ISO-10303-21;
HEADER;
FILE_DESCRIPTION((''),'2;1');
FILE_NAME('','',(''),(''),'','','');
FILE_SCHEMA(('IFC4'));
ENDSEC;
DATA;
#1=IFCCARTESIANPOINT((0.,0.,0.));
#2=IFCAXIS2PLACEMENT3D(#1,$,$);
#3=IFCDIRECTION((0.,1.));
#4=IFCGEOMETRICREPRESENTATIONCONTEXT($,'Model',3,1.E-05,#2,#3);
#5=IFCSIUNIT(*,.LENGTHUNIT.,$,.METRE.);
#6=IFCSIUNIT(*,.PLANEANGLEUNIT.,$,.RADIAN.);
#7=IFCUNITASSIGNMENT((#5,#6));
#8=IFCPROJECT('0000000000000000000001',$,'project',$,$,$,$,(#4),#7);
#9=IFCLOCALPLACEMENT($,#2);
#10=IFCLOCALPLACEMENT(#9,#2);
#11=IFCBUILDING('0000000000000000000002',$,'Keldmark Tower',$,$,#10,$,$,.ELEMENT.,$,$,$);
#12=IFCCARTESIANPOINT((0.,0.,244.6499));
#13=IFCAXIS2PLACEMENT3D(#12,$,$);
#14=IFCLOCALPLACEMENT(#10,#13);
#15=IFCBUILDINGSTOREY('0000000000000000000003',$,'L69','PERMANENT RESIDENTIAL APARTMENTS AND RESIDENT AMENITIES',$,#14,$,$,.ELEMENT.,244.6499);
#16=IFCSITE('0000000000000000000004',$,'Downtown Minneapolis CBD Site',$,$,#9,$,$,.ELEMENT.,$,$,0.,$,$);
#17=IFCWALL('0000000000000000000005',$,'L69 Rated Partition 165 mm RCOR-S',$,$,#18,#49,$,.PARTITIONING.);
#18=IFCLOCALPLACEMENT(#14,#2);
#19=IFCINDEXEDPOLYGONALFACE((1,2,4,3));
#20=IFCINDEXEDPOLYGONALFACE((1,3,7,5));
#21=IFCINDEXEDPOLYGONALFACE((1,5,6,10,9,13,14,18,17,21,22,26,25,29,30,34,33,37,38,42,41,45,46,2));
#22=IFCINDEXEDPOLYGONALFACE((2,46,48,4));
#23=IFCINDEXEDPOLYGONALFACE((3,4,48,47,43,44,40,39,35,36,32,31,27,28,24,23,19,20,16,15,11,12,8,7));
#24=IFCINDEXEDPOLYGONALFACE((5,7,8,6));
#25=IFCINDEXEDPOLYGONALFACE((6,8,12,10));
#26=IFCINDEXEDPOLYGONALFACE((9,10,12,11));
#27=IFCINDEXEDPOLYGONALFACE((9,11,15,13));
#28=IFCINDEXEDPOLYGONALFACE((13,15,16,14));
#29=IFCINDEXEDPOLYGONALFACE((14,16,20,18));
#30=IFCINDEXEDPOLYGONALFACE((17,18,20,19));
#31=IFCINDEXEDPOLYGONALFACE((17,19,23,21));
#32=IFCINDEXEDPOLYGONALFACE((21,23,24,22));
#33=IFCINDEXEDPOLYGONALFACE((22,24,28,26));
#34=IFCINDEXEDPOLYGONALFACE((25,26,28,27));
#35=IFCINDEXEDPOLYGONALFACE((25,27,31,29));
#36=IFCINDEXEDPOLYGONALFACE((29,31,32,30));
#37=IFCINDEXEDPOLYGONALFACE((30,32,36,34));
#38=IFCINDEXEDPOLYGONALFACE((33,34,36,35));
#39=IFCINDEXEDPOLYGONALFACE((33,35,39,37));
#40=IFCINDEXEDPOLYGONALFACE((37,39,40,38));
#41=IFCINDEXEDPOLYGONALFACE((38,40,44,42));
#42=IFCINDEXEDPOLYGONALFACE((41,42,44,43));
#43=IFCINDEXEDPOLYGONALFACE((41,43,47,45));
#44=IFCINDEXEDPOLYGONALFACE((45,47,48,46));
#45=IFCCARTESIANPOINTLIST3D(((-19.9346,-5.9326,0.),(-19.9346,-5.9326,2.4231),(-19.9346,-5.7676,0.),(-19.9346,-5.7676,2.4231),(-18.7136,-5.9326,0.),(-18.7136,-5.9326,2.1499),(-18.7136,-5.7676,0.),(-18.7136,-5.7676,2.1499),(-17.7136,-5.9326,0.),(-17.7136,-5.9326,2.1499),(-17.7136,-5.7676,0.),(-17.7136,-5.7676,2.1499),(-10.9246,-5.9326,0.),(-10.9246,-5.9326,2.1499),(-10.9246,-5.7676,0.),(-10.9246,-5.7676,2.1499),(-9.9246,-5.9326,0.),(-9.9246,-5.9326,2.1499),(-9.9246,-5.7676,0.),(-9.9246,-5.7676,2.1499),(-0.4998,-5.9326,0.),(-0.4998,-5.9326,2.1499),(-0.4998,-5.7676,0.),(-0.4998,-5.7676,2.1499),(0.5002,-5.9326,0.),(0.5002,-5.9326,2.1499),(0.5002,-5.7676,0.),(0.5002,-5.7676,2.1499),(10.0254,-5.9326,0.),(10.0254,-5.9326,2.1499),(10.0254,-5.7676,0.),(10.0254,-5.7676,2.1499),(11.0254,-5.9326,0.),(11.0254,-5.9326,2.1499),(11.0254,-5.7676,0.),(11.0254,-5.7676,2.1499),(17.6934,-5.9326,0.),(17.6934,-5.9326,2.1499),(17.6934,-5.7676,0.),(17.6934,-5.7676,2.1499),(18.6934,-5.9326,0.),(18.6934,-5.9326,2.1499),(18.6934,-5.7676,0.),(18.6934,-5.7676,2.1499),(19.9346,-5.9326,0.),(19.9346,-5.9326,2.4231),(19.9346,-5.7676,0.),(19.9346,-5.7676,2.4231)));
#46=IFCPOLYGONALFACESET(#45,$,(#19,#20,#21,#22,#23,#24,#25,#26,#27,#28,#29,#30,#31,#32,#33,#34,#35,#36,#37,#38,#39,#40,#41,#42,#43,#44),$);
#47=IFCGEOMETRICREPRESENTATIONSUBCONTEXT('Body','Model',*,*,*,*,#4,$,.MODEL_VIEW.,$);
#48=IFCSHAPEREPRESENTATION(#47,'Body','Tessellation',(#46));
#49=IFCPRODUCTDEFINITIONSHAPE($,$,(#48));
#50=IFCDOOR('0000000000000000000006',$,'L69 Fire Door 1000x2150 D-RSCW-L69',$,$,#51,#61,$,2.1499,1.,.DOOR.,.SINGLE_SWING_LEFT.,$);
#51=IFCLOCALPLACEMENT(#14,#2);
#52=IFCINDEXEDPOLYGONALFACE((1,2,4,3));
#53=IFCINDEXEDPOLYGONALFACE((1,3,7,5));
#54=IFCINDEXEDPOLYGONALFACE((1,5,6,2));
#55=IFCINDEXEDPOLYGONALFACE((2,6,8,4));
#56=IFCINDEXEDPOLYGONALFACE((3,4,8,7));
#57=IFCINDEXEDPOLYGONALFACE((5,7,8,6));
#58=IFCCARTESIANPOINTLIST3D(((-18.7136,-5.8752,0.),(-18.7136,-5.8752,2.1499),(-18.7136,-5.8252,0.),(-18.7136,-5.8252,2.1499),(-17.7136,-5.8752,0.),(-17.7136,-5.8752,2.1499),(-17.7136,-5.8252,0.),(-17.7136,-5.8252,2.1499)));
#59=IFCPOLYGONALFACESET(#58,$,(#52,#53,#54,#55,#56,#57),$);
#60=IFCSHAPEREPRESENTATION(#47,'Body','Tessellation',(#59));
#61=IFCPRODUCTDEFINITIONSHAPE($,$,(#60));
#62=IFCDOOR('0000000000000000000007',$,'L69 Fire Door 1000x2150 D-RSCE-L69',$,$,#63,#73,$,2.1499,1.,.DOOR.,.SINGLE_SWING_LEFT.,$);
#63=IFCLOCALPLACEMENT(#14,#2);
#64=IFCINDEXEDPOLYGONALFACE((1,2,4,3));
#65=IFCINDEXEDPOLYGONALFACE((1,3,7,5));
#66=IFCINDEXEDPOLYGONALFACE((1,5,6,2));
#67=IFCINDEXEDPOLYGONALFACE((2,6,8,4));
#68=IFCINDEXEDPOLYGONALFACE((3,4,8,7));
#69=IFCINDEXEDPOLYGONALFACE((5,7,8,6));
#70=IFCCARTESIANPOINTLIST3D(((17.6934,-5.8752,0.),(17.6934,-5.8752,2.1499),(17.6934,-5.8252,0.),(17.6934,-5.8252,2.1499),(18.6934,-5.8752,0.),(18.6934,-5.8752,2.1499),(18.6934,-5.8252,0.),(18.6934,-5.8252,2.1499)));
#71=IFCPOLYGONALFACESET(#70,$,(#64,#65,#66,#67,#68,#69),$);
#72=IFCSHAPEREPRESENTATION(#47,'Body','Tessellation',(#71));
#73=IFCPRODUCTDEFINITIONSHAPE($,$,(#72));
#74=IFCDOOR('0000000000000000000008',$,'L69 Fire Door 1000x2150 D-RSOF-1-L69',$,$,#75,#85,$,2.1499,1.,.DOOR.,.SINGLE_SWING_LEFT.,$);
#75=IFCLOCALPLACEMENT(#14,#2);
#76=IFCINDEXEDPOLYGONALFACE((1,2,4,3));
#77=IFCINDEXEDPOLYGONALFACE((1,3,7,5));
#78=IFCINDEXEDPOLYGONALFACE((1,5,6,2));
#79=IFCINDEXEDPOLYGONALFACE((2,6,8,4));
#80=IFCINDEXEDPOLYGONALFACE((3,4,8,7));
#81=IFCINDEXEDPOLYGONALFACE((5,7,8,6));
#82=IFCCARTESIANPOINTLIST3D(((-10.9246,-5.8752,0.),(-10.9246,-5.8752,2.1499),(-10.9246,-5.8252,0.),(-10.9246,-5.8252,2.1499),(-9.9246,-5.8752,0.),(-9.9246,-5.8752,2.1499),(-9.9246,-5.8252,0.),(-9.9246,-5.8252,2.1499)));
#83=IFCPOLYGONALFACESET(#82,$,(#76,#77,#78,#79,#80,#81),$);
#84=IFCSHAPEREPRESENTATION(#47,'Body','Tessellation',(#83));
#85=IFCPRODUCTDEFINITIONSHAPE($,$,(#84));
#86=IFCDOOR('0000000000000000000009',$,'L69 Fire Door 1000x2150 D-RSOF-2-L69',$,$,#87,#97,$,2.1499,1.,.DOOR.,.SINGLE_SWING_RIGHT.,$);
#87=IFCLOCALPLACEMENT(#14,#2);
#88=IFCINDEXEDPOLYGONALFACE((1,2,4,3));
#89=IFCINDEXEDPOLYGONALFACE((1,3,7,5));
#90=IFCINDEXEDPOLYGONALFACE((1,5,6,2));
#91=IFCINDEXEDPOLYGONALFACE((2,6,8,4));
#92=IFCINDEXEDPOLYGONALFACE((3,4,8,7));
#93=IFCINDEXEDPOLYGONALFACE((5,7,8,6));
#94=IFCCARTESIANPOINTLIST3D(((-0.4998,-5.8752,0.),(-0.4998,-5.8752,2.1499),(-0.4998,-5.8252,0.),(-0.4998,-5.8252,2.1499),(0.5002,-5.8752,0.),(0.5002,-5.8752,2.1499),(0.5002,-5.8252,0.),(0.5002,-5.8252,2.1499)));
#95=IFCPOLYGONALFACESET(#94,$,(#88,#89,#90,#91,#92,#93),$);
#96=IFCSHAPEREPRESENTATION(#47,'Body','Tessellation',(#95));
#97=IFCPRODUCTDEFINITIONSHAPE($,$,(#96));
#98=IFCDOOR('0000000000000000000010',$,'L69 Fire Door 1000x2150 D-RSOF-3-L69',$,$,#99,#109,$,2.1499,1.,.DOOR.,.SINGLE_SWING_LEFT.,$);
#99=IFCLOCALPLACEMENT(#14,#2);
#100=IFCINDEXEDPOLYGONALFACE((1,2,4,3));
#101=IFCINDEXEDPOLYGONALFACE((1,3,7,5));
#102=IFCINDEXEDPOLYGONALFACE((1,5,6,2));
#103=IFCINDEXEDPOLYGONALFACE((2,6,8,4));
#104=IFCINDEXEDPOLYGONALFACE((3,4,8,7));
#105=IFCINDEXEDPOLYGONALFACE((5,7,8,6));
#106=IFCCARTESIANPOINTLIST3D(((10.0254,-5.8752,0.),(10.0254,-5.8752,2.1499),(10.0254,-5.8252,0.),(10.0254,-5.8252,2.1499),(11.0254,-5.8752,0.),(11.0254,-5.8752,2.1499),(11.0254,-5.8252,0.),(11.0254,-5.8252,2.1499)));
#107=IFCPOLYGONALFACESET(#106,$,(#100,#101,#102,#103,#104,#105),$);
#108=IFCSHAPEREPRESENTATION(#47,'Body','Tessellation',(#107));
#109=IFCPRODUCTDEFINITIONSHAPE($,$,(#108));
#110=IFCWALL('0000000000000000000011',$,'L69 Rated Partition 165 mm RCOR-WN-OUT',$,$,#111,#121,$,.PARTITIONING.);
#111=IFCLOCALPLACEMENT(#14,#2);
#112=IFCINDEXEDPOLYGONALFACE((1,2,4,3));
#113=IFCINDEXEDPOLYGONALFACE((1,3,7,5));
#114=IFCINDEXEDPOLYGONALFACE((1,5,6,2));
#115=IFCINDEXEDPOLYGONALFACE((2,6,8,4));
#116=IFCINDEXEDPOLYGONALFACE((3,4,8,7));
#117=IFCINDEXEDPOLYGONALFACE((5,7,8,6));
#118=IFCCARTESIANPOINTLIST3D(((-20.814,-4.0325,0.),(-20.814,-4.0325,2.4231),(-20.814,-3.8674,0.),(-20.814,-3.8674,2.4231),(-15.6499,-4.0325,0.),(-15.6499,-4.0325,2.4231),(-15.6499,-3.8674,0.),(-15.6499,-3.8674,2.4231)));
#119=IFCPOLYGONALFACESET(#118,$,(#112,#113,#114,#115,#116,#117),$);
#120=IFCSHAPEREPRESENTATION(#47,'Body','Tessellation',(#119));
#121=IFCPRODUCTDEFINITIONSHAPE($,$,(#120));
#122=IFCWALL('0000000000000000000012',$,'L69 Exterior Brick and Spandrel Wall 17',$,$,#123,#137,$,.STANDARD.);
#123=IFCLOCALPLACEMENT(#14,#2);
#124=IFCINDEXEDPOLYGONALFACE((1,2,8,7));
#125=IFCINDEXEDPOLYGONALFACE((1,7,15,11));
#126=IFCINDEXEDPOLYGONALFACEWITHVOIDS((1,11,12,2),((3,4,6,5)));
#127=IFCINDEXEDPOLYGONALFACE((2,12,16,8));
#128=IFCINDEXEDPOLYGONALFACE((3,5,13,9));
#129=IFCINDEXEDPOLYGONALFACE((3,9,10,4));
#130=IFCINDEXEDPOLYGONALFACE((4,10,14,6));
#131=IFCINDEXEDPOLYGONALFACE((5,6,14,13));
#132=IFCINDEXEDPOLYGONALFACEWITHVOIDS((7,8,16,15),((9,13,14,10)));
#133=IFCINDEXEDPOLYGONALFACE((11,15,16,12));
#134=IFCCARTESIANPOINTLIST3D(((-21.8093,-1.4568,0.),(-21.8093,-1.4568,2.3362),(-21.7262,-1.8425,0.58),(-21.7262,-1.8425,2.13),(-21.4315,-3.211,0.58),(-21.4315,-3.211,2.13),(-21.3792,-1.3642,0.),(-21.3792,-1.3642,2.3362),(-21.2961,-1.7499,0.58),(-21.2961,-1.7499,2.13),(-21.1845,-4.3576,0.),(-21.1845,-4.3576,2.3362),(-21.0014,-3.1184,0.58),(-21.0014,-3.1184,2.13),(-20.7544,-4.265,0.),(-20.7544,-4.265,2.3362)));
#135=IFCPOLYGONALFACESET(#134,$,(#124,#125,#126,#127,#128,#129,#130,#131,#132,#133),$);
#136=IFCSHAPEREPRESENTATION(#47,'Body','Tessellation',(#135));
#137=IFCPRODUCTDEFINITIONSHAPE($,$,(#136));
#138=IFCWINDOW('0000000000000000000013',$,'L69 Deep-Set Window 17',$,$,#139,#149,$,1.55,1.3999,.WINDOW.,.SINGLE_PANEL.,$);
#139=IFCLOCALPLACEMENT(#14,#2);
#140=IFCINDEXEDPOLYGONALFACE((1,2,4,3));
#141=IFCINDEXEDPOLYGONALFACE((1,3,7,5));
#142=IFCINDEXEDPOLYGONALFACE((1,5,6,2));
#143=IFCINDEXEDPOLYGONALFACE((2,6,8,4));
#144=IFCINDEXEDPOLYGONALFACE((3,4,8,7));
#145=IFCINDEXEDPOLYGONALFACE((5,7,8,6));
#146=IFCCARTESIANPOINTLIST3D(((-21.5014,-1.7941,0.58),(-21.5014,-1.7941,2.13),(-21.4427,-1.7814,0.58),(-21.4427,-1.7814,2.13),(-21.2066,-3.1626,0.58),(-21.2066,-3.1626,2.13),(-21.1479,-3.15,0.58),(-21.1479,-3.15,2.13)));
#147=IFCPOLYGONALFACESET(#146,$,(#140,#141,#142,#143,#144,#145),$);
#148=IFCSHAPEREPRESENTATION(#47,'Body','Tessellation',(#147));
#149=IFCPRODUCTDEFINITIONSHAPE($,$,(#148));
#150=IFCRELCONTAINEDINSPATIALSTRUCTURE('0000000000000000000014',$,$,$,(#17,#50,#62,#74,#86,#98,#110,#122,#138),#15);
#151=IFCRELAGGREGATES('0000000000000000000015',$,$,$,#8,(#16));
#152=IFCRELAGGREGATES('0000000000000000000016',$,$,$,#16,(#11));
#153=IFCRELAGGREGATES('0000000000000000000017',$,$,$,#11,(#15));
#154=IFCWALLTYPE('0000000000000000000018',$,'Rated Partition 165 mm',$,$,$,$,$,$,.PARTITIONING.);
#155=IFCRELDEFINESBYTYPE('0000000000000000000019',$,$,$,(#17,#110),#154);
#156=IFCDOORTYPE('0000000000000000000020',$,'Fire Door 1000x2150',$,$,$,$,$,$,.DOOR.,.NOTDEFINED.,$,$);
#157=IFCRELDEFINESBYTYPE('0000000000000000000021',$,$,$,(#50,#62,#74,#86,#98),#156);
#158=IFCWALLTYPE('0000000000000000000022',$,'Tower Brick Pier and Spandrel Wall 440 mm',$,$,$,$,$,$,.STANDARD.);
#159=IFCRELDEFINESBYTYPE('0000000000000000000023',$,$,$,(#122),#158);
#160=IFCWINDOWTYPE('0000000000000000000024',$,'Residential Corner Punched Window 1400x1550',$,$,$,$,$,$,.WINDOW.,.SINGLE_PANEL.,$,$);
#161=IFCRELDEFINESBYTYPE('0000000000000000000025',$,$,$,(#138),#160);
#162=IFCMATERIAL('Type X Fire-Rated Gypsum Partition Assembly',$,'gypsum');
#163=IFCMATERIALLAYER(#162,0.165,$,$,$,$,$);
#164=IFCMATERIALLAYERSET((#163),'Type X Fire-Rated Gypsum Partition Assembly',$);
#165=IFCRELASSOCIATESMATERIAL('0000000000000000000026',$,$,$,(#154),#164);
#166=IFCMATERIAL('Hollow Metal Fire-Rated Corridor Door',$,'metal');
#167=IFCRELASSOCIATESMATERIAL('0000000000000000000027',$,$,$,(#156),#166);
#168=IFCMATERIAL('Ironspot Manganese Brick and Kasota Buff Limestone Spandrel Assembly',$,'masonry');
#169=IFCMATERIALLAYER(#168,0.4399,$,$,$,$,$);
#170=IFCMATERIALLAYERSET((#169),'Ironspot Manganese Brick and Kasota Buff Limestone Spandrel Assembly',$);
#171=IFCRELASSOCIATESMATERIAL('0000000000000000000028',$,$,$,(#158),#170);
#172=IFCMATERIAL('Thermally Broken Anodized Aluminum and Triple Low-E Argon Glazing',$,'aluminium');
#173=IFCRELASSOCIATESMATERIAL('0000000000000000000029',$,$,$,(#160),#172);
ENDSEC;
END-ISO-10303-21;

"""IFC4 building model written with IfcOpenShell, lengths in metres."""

from ifc_helpers import new_model, si_unit, direction, frame, frame_2d, origin, place, context, subcontext, project, spatial, rectangle, extrude, material, layer, layer_set, type_object, element, fill, save


model = new_model("IFC4")

# Units and contexts
model_context = context("Model", 3, precision=1e-05, world=origin(), true_north=direction((0.0, 1.0)))
body_context = subcontext(model_context, "Body", "Model", "MODEL_VIEW")
ifc_project = project(units=[si_unit("LENGTHUNIT", "METRE"), si_unit("PLANEANGLEUNIT", "RADIAN")], contexts=[model_context])

# Site, building, storey
site_placement = place(None, origin())
site = spatial("IfcSite", under=ifc_project, at=site_placement, Name="Downtown Minneapolis CBD Site", CompositionType="ELEMENT", RefElevation=0.0)
building_placement = place(site_placement, origin())
building = spatial("IfcBuilding", under=site, at=building_placement, Name="Keldmark Tower", CompositionType="ELEMENT")
storey_placement = place(building_placement, frame((0.0, 0.0, 244.6499)))
storey = spatial("IfcBuildingStorey", under=building, at=storey_placement, Name="L69", Description="PERMANENT RESIDENTIAL APARTMENTS AND RESIDENT AMENITIES", CompositionType="ELEMENT", Elevation=244.6499)

# Wall, openings, doors
ifc_material_1 = material(Name="Type X Fire-Rated Gypsum Partition Assembly", Category="gypsum")
ifc_layer_1 = layer(ifc_material_1, 0.165)
ifc_layer_set_1 = layer_set([ifc_layer_1], Name="Type X Fire-Rated Gypsum Partition Assembly")
wall_type_1 = type_object("IfcWallType", Name="Rated Partition 165 mm", PredefinedType="PARTITIONING", material=ifc_layer_set_1)
wall_1_placement = place(storey_placement, frame((-19.9346, -5.8501, 0.0), z_axis=(0.0, 0.0, 1.0), x_axis=(1.0, 0.0, 0.0)))
wall_1 = element("IfcWall", 1, at=wall_1_placement, inside=storey, type_object=wall_type_1, Name="L69 Rated Partition 165 mm RCOR-S", PredefinedType="PARTITIONING", context=body_context, shape_type="SweptSolid", body=[
    extrude(rectangle(XDim=39.8691, YDim=0.165, at=frame_2d((19.9346, 0.0))), origin(), (0.0, 0.0, 1.0), 2.4231),
])
opening_1_placement = place(wall_1_placement, frame((1.2209, 0.0, 0.0)))
opening_1 = element("IfcOpeningElement", 2, at=opening_1_placement, cuts=wall_1, PredefinedType="OPENING", context=body_context, shape_type="SweptSolid", body=[
    extrude(rectangle(XDim=1.0, YDim=2.1499, at=frame_2d((0.5, 1.075))), frame((0.0, 0.0925, 0.0), z_axis=(0.0, -1.0, 0.0), x_axis=(1.0, 0.0, 0.0)), (0.0, 0.0, 1.0), 0.1851),
])
opening_2_placement = place(wall_1_placement, frame((37.6279, 0.0, 0.0)))
opening_2 = element("IfcOpeningElement", 3, at=opening_2_placement, cuts=wall_1, PredefinedType="OPENING", context=body_context, shape_type="SweptSolid", body=[
    extrude(rectangle(XDim=1.0, YDim=2.1499, at=frame_2d((0.5, 1.075))), frame((0.0, 0.0925, 0.0), z_axis=(0.0, -1.0, 0.0), x_axis=(1.0, 0.0, 0.0)), (0.0, 0.0, 1.0), 0.1851),
])
opening_3_placement = place(wall_1_placement, frame((9.01, 0.0, 0.0)))
opening_3 = element("IfcOpeningElement", 4, at=opening_3_placement, cuts=wall_1, PredefinedType="OPENING", context=body_context, shape_type="SweptSolid", body=[
    extrude(rectangle(XDim=1.0, YDim=2.1499, at=frame_2d((0.5, 1.075))), frame((0.0, 0.0925, 0.0), z_axis=(0.0, -1.0, 0.0), x_axis=(1.0, 0.0, 0.0)), (0.0, 0.0, 1.0), 0.1851),
])
opening_4_placement = place(wall_1_placement, frame((19.4348, 0.0, 0.0)))
opening_4 = element("IfcOpeningElement", 5, at=opening_4_placement, cuts=wall_1, PredefinedType="OPENING", context=body_context, shape_type="SweptSolid", body=[
    extrude(rectangle(XDim=1.0, YDim=2.1499, at=frame_2d((0.5, 1.075))), frame((0.0, 0.0925, 0.0), z_axis=(0.0, -1.0, 0.0), x_axis=(1.0, 0.0, 0.0)), (0.0, 0.0, 1.0), 0.1851),
])
opening_5_placement = place(wall_1_placement, frame((29.96, 0.0, 0.0)))
opening_5 = element("IfcOpeningElement", 6, at=opening_5_placement, cuts=wall_1, PredefinedType="OPENING", context=body_context, shape_type="SweptSolid", body=[
    extrude(rectangle(XDim=1.0, YDim=2.1499, at=frame_2d((0.5, 1.075))), frame((0.0, 0.0925, 0.0), z_axis=(0.0, -1.0, 0.0), x_axis=(1.0, 0.0, 0.0)), (0.0, 0.0, 1.0), 0.1851),
])
ifc_material_2 = material(Name="Hollow Metal Fire-Rated Corridor Door", Category="metal")
door_type = type_object("IfcDoorType", Name="Fire Door 1000x2150", OperationType="NOTDEFINED", PredefinedType="DOOR", material=ifc_material_2)
door_1_placement = place(opening_1_placement, origin())
door_1 = element("IfcDoor", 7, at=door_1_placement, inside=storey, type_object=door_type, Name="L69 Fire Door 1000x2150 D-RSCW-L69", OperationType="SINGLE_SWING_LEFT", OverallHeight=2.1499, OverallWidth=1.0, PredefinedType="DOOR", context=body_context, shape_type="SweptSolid", body=[
    extrude(rectangle(XDim=1.0, YDim=2.1499, at=frame_2d((0.5, 1.075))), frame((0.0, 0.0249, 0.0), z_axis=(0.0, -1.0, 0.0), x_axis=(1.0, 0.0, 0.0)), (0.0, 0.0, 1.0), 0.05),
])
fill(opening_1, door_1)
door_2_placement = place(opening_2_placement, origin())
door_2 = element("IfcDoor", 8, at=door_2_placement, inside=storey, type_object=door_type, Name="L69 Fire Door 1000x2150 D-RSCE-L69", OperationType="SINGLE_SWING_LEFT", OverallHeight=2.1499, OverallWidth=1.0, PredefinedType="DOOR", context=body_context, shape_type="SweptSolid", body=[
    extrude(rectangle(XDim=1.0, YDim=2.1499, at=frame_2d((0.5, 1.075))), frame((0.0, 0.0249, 0.0), z_axis=(0.0, -1.0, 0.0), x_axis=(1.0, 0.0, 0.0)), (0.0, 0.0, 1.0), 0.05),
])
fill(opening_2, door_2)
door_3_placement = place(opening_3_placement, origin())
door_3 = element("IfcDoor", 9, at=door_3_placement, inside=storey, type_object=door_type, Name="L69 Fire Door 1000x2150 D-RSOF-1-L69", OperationType="SINGLE_SWING_LEFT", OverallHeight=2.1499, OverallWidth=1.0, PredefinedType="DOOR", context=body_context, shape_type="SweptSolid", body=[
    extrude(rectangle(XDim=1.0, YDim=2.1499, at=frame_2d((0.5, 1.075))), frame((0.0, 0.0249, 0.0), z_axis=(0.0, -1.0, 0.0), x_axis=(1.0, 0.0, 0.0)), (0.0, 0.0, 1.0), 0.05),
])
fill(opening_3, door_3)
door_4_placement = place(opening_4_placement, origin())
door_4 = element("IfcDoor", 10, at=door_4_placement, inside=storey, type_object=door_type, Name="L69 Fire Door 1000x2150 D-RSOF-2-L69", OperationType="SINGLE_SWING_RIGHT", OverallHeight=2.1499, OverallWidth=1.0, PredefinedType="DOOR", context=body_context, shape_type="SweptSolid", body=[
    extrude(rectangle(XDim=1.0, YDim=2.1499, at=frame_2d((0.5, 1.075))), frame((0.0, 0.0249, 0.0), z_axis=(0.0, -1.0, 0.0), x_axis=(1.0, 0.0, 0.0)), (0.0, 0.0, 1.0), 0.05),
])
fill(opening_4, door_4)
door_5_placement = place(opening_5_placement, origin())
door_5 = element("IfcDoor", 11, at=door_5_placement, inside=storey, type_object=door_type, Name="L69 Fire Door 1000x2150 D-RSOF-3-L69", OperationType="SINGLE_SWING_LEFT", OverallHeight=2.1499, OverallWidth=1.0, PredefinedType="DOOR", context=body_context, shape_type="SweptSolid", body=[
    extrude(rectangle(XDim=1.0, YDim=2.1499, at=frame_2d((0.5, 1.075))), frame((0.0, 0.0249, 0.0), z_axis=(0.0, -1.0, 0.0), x_axis=(1.0, 0.0, 0.0)), (0.0, 0.0, 1.0), 0.05),
])
fill(opening_5, door_5)

# Wall
wall_2_placement = place(storey_placement, frame((-20.814, -3.95, 0.0), z_axis=(0.0, 0.0, 1.0), x_axis=(1.0, 0.0, 0.0)))
element("IfcWall", 12, at=wall_2_placement, inside=storey, type_object=wall_type_1, Name="L69 Rated Partition 165 mm RCOR-WN-OUT", PredefinedType="PARTITIONING", context=body_context, shape_type="SweptSolid", body=[
    extrude(rectangle(XDim=5.1641, YDim=0.165, at=frame_2d((2.582, 0.0))), origin(), (0.0, 0.0, 1.0), 2.4231),
])

# Wall, opening, window
ifc_material_3 = material(Name="Ironspot Manganese Brick and Kasota Buff Limestone Spandrel Assembly", Category="masonry")
ifc_layer_2 = layer(ifc_material_3, 0.4399)
ifc_layer_set_2 = layer_set([ifc_layer_2], Name="Ironspot Manganese Brick and Kasota Buff Limestone Spandrel Assembly")
wall_type_2 = type_object("IfcWallType", Name="Tower Brick Pier and Spandrel Wall 440 mm", PredefinedType="STANDARD", material=ifc_layer_set_2)
wall_3_placement = place(storey_placement, frame((-20.9695, -4.3113, 0.0), z_axis=(0.0, 0.0, 1.0), x_axis=(-0.21054, 0.977585, 0.0)))
wall_3 = element("IfcWall", 13, at=wall_3_placement, inside=storey, type_object=wall_type_2, Name="L69 Exterior Brick and Spandrel Wall 17", PredefinedType="STANDARD", context=body_context, shape_type="SweptSolid", body=[
    extrude(rectangle(XDim=2.9673, YDim=0.4399, at=frame_2d((1.4836, 0.0))), origin(), (0.0, 0.0, 1.0), 2.3362),
])
opening_6_placement = place(wall_3_placement, frame((1.1729, 0.0, 0.5801)))
opening_6 = element("IfcOpeningElement", 14, at=opening_6_placement, cuts=wall_3, PredefinedType="OPENING", context=body_context, shape_type="SweptSolid", body=[
    extrude(rectangle(XDim=1.3999, YDim=1.55, at=frame_2d((0.7, 0.7749))), frame((0.0, 0.23, 0.0), z_axis=(0.0, -1.0, 0.0), x_axis=(1.0, 0.0, 0.0)), (0.0, 0.0, 1.0), 0.46),
])
ifc_material_4 = material(Name="Thermally Broken Anodized Aluminum and Triple Low-E Argon Glazing", Category="aluminium")
window_type_1 = type_object("IfcWindowType", Name="Residential Corner Punched Window 1400x1550", PartitioningType="SINGLE_PANEL", PredefinedType="WINDOW", material=ifc_material_4)
window_1_placement = place(opening_6_placement, origin())
window_1 = element("IfcWindow", 15, at=window_1_placement, inside=storey, type_object=window_type_1, Name="L69 Deep-Set Window 17", OverallHeight=1.55, OverallWidth=1.3999, PartitioningType="SINGLE_PANEL", PredefinedType="WINDOW", context=body_context, shape_type="SweptSolid", body=[
    extrude(rectangle(XDim=1.3999, YDim=1.55, at=frame_2d((0.7, 0.7749))), frame((0.0, -0.01, 0.0), z_axis=(0.0, -1.0, 0.0), x_axis=(1.0, 0.0, 0.0)), (0.0, 0.0, 1.0), 0.0601),
])
fill(opening_6, window_1)

save(model, "model.ifc")
